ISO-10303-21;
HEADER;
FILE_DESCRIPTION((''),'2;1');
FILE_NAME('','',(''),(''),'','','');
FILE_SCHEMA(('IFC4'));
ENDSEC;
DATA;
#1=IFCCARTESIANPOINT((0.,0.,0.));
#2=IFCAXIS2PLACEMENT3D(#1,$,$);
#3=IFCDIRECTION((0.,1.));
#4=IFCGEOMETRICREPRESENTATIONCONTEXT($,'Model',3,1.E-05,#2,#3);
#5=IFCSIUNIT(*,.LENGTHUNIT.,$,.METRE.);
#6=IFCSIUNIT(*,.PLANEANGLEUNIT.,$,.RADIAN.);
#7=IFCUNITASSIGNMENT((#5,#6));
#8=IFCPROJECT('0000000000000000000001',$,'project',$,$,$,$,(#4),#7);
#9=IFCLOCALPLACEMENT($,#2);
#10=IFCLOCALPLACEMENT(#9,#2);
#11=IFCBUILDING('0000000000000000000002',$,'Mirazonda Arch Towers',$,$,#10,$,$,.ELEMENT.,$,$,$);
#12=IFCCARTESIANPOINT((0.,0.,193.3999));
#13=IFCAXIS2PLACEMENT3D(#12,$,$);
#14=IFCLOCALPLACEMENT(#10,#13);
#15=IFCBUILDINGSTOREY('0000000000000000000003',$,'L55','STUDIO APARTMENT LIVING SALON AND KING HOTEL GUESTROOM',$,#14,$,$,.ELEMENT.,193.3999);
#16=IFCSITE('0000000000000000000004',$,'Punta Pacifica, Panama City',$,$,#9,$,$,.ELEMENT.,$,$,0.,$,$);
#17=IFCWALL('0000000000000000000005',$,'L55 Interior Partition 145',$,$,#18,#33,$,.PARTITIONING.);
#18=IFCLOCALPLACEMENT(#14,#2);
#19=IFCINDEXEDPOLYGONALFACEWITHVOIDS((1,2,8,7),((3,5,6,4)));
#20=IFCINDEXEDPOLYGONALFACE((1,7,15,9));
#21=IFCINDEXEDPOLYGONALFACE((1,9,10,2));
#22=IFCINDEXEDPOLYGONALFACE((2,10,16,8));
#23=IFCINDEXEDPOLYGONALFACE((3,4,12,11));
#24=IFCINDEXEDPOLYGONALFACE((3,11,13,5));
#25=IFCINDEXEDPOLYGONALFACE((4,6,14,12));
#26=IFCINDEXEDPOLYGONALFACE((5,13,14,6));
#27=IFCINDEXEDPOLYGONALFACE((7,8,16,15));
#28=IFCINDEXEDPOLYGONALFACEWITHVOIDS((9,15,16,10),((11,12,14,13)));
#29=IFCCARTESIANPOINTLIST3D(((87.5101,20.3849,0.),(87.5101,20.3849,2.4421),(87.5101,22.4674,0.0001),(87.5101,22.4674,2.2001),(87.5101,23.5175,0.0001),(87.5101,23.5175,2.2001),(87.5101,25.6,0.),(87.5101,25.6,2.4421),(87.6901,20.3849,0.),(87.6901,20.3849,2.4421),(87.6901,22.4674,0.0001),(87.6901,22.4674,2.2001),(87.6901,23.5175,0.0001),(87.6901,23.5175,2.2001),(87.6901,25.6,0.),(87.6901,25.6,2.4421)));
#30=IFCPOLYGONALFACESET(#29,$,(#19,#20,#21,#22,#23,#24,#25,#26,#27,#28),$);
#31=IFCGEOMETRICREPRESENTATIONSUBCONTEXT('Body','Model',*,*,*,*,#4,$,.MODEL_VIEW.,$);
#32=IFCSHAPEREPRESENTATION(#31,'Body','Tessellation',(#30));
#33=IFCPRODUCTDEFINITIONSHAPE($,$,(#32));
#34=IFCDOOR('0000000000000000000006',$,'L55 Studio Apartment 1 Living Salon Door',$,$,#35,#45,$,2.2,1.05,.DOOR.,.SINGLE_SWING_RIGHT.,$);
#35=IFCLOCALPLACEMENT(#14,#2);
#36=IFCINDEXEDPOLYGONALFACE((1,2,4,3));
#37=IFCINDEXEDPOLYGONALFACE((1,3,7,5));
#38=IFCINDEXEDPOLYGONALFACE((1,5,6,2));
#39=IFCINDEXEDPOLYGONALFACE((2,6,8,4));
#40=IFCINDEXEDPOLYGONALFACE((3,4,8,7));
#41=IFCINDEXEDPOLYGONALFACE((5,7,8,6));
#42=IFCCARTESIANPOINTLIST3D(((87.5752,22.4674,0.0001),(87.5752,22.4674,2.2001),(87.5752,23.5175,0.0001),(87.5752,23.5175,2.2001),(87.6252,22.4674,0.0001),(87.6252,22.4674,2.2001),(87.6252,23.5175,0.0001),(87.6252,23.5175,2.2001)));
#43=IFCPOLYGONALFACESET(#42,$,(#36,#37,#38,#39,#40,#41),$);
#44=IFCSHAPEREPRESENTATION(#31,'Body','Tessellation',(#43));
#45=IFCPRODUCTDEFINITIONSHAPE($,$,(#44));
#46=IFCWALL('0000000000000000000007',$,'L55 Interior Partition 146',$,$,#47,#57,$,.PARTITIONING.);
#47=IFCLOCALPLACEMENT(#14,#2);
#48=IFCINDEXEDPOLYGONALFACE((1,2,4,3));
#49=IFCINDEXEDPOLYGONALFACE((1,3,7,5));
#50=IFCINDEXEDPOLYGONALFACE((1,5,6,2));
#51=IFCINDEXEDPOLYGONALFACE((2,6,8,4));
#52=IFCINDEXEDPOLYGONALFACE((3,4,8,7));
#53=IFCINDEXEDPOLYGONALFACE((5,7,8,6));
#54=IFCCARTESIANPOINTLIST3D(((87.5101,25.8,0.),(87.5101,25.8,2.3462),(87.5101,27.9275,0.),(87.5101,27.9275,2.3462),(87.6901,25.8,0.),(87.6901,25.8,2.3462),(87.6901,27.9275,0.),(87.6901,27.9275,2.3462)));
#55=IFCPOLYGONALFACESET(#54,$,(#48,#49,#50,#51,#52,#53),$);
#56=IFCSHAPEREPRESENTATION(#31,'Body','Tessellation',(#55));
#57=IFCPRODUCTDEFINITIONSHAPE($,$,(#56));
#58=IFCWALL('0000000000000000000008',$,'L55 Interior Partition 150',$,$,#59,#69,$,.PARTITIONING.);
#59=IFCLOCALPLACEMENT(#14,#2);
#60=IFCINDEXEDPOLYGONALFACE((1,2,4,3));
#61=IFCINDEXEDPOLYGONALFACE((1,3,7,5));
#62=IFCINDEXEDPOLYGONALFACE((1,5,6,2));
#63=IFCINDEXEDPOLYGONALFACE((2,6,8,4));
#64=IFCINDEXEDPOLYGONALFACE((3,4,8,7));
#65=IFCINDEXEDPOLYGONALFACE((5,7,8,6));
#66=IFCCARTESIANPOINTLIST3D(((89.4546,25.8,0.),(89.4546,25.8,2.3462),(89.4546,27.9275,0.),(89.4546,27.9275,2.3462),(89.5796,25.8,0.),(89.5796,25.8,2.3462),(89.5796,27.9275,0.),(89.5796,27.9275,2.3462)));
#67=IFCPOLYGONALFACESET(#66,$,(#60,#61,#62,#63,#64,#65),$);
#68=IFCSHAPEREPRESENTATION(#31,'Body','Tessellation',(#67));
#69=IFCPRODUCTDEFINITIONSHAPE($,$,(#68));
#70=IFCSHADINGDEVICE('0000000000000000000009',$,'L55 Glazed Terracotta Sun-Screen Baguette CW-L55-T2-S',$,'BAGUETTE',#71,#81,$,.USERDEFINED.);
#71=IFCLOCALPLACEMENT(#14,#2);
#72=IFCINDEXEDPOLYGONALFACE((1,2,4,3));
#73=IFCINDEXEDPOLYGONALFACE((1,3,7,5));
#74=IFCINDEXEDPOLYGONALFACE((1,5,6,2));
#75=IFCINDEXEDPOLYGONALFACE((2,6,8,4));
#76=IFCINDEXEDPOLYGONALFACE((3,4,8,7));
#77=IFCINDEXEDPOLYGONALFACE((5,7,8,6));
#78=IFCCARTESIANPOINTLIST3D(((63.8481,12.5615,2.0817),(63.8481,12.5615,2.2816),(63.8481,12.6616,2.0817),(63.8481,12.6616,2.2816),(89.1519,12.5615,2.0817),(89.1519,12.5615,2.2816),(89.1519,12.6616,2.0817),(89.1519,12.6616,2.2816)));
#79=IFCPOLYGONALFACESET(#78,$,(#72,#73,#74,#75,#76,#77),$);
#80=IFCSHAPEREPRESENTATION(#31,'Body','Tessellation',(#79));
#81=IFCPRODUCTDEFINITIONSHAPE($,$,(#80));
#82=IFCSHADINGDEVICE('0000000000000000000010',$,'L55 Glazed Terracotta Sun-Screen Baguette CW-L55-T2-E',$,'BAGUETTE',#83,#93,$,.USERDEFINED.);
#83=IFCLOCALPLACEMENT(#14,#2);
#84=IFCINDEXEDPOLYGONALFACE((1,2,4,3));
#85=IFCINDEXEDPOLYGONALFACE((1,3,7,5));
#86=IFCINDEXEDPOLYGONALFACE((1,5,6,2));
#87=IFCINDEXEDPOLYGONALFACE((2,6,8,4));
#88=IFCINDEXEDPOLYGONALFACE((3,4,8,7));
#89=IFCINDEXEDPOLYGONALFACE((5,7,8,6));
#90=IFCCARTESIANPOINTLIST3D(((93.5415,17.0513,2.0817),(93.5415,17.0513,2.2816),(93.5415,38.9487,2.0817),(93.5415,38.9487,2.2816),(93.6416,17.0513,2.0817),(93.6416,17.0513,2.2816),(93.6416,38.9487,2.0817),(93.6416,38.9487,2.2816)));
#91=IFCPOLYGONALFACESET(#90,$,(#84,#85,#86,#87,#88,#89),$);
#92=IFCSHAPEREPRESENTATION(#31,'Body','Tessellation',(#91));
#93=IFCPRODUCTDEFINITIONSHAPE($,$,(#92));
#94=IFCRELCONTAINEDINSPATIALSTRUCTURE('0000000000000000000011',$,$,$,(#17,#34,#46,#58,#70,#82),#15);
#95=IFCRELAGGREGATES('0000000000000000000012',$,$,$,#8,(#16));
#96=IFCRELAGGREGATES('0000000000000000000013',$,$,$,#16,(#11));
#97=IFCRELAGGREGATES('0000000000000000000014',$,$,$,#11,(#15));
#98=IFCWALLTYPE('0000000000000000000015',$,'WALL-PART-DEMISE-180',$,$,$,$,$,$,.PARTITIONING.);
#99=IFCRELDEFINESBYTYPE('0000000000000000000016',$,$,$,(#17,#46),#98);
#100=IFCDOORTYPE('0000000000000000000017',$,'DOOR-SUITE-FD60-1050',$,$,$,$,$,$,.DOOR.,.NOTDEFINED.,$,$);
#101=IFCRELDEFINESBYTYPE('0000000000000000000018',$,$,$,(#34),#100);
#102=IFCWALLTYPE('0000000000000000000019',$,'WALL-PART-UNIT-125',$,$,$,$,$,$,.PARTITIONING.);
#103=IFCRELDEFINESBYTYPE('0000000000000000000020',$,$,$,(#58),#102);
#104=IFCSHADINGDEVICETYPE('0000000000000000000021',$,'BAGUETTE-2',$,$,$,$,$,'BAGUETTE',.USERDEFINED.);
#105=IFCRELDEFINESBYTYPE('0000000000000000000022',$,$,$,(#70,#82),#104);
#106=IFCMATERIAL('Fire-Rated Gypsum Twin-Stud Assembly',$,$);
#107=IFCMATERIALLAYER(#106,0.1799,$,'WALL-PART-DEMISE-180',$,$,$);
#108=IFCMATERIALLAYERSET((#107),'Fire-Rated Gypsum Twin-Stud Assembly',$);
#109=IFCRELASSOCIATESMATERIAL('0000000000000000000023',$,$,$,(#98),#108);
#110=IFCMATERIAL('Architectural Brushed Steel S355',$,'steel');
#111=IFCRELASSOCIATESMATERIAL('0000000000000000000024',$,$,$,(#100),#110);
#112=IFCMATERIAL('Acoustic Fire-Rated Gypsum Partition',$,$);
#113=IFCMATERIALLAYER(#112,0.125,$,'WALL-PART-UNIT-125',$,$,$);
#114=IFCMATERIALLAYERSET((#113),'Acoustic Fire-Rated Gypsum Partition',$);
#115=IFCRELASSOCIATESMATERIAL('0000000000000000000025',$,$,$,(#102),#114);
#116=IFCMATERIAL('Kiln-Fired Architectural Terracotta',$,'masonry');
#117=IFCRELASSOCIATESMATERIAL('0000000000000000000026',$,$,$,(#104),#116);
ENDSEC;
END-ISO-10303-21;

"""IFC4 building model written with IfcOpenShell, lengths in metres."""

from ifc_helpers import new_model, si_unit, direction, frame, frame_2d, origin, origin_2d, place, context, subcontext, project, spatial, rectangle, extrude, material, layer, layer_set, material_profile, profile_set, type_object, element, fill, save


model = new_model("IFC4")

# Units and contexts
model_context = context("Model", 3, precision=1e-05, world=origin(), true_north=direction((0.0, 1.0)))
body_context = subcontext(model_context, "Body", "Model", "MODEL_VIEW")
ifc_project = project(units=[si_unit("LENGTHUNIT", "METRE"), si_unit("PLANEANGLEUNIT", "RADIAN")], contexts=[model_context])

# Site, building, storey
site_placement = place(None, origin())
site = spatial("IfcSite", under=ifc_project, at=site_placement, Name="Punta Pacifica, Panama City", CompositionType="ELEMENT", RefElevation=0.0)
building_placement = place(site_placement, origin())
building = spatial("IfcBuilding", under=site, at=building_placement, Name="Mirazonda Arch Towers", CompositionType="ELEMENT")
storey_placement = place(building_placement, frame((0.0, 0.0, 193.3999)))
storey = spatial("IfcBuildingStorey", under=building, at=storey_placement, Name="L55", Description="STUDIO APARTMENT LIVING SALON AND KING HOTEL GUESTROOM", CompositionType="ELEMENT", Elevation=193.3999)

# Shared definitions
ifc_material_1 = material(Name="Fire-Rated Gypsum Twin-Stud Assembly")
ifc_layer_1 = layer(ifc_material_1, 0.1799, Name="WALL-PART-DEMISE-180")
ifc_layer_set_1 = layer_set([ifc_layer_1], Name="Fire-Rated Gypsum Twin-Stud Assembly")
wall_type_1 = type_object("IfcWallType", Name="WALL-PART-DEMISE-180", PredefinedType="PARTITIONING", material=ifc_layer_set_1)

# Shared definitions
ifc_material_2 = material(Name="Architectural Brushed Steel S355", Category="steel")

# Wall, opening, door
wall_1_placement = place(storey_placement, frame((87.6001, 20.385, 0.0), z_axis=(0.0, 0.0, 1.0), x_axis=(0.0, 1.0, 0.0)))
wall_1 = element("IfcWall", 1, at=wall_1_placement, inside=storey, type_object=wall_type_1, Name="L55 Interior Partition 145", PredefinedType="PARTITIONING", context=body_context, shape_type="SweptSolid", body=[
    extrude(rectangle(XDim=5.2151, YDim=0.1799, at=frame_2d((2.6074, 0.0))), origin(), (0.0, 0.0, 1.0), 2.4421),
])
opening_1_placement = place(wall_1_placement, frame((2.0825, 0.0, 0.0)))
opening_1 = element("IfcOpeningElement", 2, at=opening_1_placement, cuts=wall_1, PredefinedType="OPENING", context=body_context, shape_type="SweptSolid", body=[
    extrude(rectangle(XDim=1.05, YDim=2.2, at=frame_2d((0.5249, 1.1001))), frame((0.0, 0.0999, 0.0), z_axis=(0.0, -1.0, 0.0), x_axis=(1.0, 0.0, 0.0)), (0.0, 0.0, 1.0), 0.2),
])
door_type_1 = type_object("IfcDoorType", Name="DOOR-SUITE-FD60-1050", OperationType="NOTDEFINED", PredefinedType="DOOR", material=ifc_material_2)
door_1_placement = place(opening_1_placement, origin())
door_1 = element("IfcDoor", 3, at=door_1_placement, inside=storey, type_object=door_type_1, Name="L55 Studio Apartment 1 Living Salon Door", OperationType="SINGLE_SWING_RIGHT", OverallHeight=2.2, OverallWidth=1.05, PredefinedType="DOOR", context=body_context, shape_type="SweptSolid", body=[
    extrude(rectangle(XDim=1.05, YDim=2.2, at=frame_2d((0.5249, 1.1001))), frame((0.0, 0.0249, 0.0), z_axis=(0.0, -1.0, 0.0), x_axis=(1.0, 0.0, 0.0)), (0.0, 0.0, 1.0), 0.05),
])
fill(opening_1, door_1)

# Walls
wall_2_placement = place(storey_placement, frame((87.6001, 25.8, 0.0), z_axis=(0.0, 0.0, 1.0), x_axis=(0.0, 1.0, 0.0)))
element("IfcWall", 4, at=wall_2_placement, inside=storey, type_object=wall_type_1, Name="L55 Interior Partition 146", PredefinedType="PARTITIONING", context=body_context, shape_type="SweptSolid", body=[
    extrude(rectangle(XDim=2.1274, YDim=0.1799, at=frame_2d((1.0637, 0.0))), origin(), (0.0, 0.0, 1.0), 2.3462),
])
ifc_material_3 = material(Name="Acoustic Fire-Rated Gypsum Partition")
ifc_layer_2 = layer(ifc_material_3, 0.125, Name="WALL-PART-UNIT-125")
ifc_layer_set_2 = layer_set([ifc_layer_2], Name="Acoustic Fire-Rated Gypsum Partition")
wall_type_2 = type_object("IfcWallType", Name="WALL-PART-UNIT-125", PredefinedType="PARTITIONING", material=ifc_layer_set_2)
wall_3_placement = place(storey_placement, frame((89.5171, 25.8, 0.0), z_axis=(0.0, 0.0, 1.0), x_axis=(0.0, 1.0, 0.0)))
element("IfcWall", 5, at=wall_3_placement, inside=storey, type_object=wall_type_2, Name="L55 Interior Partition 150", PredefinedType="PARTITIONING", context=body_context, shape_type="SweptSolid", body=[
    extrude(rectangle(XDim=2.1274, YDim=0.125, at=frame_2d((1.0637, 0.0))), origin(), (0.0, 0.0, 1.0), 2.3462),
])

# Shading devices
ifc_material_4 = material(Name="Kiln-Fired Architectural Terracotta", Category="masonry")
ifc_material_profile_1 = material_profile(ifc_material_4, rectangle(XDim=0.1001, YDim=0.2, at=origin_2d()), Name="TERRA-BAG-100x200")
ifc_profile_set_1 = profile_set([ifc_material_profile_1], Name="Kiln-Fired Architectural Terracotta")
shading_device_type = type_object("IfcShadingDeviceType", Name="BAGUETTE-2", ElementType="BAGUETTE", PredefinedType="USERDEFINED", material=ifc_profile_set_1)
shading_device_1_placement = place(storey_placement, frame((89.1519, 12.6116, 2.1816), z_axis=(-1.0, 0.0, 0.0), x_axis=(0.0, -1.0, 0.0)))
element("IfcShadingDevice", 6, at=shading_device_1_placement, inside=storey, type_object=shading_device_type, Name="L55 Glazed Terracotta Sun-Screen Baguette CW-L55-T2-S", ObjectType="BAGUETTE", PredefinedType="USERDEFINED", context=body_context, shape_type="SweptSolid", body=[
    extrude(rectangle(XDim=0.1001, YDim=0.2, at=origin_2d()), origin(), (0.0, 0.0, 1.0), 25.3037),
])
shading_device_2_placement = place(storey_placement, frame((93.5916, 17.0513, 2.1816), z_axis=(0.0, 1.0, 0.0), x_axis=(-1.0, 0.0, 0.0)))
element("IfcShadingDevice", 7, at=shading_device_2_placement, inside=storey, type_object=shading_device_type, Name="L55 Glazed Terracotta Sun-Screen Baguette CW-L55-T2-E", ObjectType="BAGUETTE", PredefinedType="USERDEFINED", context=body_context, shape_type="SweptSolid", body=[
    extrude(rectangle(XDim=0.1001, YDim=0.2, at=origin_2d()), origin(), (0.0, 0.0, 1.0), 21.8975),
])

save(model, "model.ifc")
